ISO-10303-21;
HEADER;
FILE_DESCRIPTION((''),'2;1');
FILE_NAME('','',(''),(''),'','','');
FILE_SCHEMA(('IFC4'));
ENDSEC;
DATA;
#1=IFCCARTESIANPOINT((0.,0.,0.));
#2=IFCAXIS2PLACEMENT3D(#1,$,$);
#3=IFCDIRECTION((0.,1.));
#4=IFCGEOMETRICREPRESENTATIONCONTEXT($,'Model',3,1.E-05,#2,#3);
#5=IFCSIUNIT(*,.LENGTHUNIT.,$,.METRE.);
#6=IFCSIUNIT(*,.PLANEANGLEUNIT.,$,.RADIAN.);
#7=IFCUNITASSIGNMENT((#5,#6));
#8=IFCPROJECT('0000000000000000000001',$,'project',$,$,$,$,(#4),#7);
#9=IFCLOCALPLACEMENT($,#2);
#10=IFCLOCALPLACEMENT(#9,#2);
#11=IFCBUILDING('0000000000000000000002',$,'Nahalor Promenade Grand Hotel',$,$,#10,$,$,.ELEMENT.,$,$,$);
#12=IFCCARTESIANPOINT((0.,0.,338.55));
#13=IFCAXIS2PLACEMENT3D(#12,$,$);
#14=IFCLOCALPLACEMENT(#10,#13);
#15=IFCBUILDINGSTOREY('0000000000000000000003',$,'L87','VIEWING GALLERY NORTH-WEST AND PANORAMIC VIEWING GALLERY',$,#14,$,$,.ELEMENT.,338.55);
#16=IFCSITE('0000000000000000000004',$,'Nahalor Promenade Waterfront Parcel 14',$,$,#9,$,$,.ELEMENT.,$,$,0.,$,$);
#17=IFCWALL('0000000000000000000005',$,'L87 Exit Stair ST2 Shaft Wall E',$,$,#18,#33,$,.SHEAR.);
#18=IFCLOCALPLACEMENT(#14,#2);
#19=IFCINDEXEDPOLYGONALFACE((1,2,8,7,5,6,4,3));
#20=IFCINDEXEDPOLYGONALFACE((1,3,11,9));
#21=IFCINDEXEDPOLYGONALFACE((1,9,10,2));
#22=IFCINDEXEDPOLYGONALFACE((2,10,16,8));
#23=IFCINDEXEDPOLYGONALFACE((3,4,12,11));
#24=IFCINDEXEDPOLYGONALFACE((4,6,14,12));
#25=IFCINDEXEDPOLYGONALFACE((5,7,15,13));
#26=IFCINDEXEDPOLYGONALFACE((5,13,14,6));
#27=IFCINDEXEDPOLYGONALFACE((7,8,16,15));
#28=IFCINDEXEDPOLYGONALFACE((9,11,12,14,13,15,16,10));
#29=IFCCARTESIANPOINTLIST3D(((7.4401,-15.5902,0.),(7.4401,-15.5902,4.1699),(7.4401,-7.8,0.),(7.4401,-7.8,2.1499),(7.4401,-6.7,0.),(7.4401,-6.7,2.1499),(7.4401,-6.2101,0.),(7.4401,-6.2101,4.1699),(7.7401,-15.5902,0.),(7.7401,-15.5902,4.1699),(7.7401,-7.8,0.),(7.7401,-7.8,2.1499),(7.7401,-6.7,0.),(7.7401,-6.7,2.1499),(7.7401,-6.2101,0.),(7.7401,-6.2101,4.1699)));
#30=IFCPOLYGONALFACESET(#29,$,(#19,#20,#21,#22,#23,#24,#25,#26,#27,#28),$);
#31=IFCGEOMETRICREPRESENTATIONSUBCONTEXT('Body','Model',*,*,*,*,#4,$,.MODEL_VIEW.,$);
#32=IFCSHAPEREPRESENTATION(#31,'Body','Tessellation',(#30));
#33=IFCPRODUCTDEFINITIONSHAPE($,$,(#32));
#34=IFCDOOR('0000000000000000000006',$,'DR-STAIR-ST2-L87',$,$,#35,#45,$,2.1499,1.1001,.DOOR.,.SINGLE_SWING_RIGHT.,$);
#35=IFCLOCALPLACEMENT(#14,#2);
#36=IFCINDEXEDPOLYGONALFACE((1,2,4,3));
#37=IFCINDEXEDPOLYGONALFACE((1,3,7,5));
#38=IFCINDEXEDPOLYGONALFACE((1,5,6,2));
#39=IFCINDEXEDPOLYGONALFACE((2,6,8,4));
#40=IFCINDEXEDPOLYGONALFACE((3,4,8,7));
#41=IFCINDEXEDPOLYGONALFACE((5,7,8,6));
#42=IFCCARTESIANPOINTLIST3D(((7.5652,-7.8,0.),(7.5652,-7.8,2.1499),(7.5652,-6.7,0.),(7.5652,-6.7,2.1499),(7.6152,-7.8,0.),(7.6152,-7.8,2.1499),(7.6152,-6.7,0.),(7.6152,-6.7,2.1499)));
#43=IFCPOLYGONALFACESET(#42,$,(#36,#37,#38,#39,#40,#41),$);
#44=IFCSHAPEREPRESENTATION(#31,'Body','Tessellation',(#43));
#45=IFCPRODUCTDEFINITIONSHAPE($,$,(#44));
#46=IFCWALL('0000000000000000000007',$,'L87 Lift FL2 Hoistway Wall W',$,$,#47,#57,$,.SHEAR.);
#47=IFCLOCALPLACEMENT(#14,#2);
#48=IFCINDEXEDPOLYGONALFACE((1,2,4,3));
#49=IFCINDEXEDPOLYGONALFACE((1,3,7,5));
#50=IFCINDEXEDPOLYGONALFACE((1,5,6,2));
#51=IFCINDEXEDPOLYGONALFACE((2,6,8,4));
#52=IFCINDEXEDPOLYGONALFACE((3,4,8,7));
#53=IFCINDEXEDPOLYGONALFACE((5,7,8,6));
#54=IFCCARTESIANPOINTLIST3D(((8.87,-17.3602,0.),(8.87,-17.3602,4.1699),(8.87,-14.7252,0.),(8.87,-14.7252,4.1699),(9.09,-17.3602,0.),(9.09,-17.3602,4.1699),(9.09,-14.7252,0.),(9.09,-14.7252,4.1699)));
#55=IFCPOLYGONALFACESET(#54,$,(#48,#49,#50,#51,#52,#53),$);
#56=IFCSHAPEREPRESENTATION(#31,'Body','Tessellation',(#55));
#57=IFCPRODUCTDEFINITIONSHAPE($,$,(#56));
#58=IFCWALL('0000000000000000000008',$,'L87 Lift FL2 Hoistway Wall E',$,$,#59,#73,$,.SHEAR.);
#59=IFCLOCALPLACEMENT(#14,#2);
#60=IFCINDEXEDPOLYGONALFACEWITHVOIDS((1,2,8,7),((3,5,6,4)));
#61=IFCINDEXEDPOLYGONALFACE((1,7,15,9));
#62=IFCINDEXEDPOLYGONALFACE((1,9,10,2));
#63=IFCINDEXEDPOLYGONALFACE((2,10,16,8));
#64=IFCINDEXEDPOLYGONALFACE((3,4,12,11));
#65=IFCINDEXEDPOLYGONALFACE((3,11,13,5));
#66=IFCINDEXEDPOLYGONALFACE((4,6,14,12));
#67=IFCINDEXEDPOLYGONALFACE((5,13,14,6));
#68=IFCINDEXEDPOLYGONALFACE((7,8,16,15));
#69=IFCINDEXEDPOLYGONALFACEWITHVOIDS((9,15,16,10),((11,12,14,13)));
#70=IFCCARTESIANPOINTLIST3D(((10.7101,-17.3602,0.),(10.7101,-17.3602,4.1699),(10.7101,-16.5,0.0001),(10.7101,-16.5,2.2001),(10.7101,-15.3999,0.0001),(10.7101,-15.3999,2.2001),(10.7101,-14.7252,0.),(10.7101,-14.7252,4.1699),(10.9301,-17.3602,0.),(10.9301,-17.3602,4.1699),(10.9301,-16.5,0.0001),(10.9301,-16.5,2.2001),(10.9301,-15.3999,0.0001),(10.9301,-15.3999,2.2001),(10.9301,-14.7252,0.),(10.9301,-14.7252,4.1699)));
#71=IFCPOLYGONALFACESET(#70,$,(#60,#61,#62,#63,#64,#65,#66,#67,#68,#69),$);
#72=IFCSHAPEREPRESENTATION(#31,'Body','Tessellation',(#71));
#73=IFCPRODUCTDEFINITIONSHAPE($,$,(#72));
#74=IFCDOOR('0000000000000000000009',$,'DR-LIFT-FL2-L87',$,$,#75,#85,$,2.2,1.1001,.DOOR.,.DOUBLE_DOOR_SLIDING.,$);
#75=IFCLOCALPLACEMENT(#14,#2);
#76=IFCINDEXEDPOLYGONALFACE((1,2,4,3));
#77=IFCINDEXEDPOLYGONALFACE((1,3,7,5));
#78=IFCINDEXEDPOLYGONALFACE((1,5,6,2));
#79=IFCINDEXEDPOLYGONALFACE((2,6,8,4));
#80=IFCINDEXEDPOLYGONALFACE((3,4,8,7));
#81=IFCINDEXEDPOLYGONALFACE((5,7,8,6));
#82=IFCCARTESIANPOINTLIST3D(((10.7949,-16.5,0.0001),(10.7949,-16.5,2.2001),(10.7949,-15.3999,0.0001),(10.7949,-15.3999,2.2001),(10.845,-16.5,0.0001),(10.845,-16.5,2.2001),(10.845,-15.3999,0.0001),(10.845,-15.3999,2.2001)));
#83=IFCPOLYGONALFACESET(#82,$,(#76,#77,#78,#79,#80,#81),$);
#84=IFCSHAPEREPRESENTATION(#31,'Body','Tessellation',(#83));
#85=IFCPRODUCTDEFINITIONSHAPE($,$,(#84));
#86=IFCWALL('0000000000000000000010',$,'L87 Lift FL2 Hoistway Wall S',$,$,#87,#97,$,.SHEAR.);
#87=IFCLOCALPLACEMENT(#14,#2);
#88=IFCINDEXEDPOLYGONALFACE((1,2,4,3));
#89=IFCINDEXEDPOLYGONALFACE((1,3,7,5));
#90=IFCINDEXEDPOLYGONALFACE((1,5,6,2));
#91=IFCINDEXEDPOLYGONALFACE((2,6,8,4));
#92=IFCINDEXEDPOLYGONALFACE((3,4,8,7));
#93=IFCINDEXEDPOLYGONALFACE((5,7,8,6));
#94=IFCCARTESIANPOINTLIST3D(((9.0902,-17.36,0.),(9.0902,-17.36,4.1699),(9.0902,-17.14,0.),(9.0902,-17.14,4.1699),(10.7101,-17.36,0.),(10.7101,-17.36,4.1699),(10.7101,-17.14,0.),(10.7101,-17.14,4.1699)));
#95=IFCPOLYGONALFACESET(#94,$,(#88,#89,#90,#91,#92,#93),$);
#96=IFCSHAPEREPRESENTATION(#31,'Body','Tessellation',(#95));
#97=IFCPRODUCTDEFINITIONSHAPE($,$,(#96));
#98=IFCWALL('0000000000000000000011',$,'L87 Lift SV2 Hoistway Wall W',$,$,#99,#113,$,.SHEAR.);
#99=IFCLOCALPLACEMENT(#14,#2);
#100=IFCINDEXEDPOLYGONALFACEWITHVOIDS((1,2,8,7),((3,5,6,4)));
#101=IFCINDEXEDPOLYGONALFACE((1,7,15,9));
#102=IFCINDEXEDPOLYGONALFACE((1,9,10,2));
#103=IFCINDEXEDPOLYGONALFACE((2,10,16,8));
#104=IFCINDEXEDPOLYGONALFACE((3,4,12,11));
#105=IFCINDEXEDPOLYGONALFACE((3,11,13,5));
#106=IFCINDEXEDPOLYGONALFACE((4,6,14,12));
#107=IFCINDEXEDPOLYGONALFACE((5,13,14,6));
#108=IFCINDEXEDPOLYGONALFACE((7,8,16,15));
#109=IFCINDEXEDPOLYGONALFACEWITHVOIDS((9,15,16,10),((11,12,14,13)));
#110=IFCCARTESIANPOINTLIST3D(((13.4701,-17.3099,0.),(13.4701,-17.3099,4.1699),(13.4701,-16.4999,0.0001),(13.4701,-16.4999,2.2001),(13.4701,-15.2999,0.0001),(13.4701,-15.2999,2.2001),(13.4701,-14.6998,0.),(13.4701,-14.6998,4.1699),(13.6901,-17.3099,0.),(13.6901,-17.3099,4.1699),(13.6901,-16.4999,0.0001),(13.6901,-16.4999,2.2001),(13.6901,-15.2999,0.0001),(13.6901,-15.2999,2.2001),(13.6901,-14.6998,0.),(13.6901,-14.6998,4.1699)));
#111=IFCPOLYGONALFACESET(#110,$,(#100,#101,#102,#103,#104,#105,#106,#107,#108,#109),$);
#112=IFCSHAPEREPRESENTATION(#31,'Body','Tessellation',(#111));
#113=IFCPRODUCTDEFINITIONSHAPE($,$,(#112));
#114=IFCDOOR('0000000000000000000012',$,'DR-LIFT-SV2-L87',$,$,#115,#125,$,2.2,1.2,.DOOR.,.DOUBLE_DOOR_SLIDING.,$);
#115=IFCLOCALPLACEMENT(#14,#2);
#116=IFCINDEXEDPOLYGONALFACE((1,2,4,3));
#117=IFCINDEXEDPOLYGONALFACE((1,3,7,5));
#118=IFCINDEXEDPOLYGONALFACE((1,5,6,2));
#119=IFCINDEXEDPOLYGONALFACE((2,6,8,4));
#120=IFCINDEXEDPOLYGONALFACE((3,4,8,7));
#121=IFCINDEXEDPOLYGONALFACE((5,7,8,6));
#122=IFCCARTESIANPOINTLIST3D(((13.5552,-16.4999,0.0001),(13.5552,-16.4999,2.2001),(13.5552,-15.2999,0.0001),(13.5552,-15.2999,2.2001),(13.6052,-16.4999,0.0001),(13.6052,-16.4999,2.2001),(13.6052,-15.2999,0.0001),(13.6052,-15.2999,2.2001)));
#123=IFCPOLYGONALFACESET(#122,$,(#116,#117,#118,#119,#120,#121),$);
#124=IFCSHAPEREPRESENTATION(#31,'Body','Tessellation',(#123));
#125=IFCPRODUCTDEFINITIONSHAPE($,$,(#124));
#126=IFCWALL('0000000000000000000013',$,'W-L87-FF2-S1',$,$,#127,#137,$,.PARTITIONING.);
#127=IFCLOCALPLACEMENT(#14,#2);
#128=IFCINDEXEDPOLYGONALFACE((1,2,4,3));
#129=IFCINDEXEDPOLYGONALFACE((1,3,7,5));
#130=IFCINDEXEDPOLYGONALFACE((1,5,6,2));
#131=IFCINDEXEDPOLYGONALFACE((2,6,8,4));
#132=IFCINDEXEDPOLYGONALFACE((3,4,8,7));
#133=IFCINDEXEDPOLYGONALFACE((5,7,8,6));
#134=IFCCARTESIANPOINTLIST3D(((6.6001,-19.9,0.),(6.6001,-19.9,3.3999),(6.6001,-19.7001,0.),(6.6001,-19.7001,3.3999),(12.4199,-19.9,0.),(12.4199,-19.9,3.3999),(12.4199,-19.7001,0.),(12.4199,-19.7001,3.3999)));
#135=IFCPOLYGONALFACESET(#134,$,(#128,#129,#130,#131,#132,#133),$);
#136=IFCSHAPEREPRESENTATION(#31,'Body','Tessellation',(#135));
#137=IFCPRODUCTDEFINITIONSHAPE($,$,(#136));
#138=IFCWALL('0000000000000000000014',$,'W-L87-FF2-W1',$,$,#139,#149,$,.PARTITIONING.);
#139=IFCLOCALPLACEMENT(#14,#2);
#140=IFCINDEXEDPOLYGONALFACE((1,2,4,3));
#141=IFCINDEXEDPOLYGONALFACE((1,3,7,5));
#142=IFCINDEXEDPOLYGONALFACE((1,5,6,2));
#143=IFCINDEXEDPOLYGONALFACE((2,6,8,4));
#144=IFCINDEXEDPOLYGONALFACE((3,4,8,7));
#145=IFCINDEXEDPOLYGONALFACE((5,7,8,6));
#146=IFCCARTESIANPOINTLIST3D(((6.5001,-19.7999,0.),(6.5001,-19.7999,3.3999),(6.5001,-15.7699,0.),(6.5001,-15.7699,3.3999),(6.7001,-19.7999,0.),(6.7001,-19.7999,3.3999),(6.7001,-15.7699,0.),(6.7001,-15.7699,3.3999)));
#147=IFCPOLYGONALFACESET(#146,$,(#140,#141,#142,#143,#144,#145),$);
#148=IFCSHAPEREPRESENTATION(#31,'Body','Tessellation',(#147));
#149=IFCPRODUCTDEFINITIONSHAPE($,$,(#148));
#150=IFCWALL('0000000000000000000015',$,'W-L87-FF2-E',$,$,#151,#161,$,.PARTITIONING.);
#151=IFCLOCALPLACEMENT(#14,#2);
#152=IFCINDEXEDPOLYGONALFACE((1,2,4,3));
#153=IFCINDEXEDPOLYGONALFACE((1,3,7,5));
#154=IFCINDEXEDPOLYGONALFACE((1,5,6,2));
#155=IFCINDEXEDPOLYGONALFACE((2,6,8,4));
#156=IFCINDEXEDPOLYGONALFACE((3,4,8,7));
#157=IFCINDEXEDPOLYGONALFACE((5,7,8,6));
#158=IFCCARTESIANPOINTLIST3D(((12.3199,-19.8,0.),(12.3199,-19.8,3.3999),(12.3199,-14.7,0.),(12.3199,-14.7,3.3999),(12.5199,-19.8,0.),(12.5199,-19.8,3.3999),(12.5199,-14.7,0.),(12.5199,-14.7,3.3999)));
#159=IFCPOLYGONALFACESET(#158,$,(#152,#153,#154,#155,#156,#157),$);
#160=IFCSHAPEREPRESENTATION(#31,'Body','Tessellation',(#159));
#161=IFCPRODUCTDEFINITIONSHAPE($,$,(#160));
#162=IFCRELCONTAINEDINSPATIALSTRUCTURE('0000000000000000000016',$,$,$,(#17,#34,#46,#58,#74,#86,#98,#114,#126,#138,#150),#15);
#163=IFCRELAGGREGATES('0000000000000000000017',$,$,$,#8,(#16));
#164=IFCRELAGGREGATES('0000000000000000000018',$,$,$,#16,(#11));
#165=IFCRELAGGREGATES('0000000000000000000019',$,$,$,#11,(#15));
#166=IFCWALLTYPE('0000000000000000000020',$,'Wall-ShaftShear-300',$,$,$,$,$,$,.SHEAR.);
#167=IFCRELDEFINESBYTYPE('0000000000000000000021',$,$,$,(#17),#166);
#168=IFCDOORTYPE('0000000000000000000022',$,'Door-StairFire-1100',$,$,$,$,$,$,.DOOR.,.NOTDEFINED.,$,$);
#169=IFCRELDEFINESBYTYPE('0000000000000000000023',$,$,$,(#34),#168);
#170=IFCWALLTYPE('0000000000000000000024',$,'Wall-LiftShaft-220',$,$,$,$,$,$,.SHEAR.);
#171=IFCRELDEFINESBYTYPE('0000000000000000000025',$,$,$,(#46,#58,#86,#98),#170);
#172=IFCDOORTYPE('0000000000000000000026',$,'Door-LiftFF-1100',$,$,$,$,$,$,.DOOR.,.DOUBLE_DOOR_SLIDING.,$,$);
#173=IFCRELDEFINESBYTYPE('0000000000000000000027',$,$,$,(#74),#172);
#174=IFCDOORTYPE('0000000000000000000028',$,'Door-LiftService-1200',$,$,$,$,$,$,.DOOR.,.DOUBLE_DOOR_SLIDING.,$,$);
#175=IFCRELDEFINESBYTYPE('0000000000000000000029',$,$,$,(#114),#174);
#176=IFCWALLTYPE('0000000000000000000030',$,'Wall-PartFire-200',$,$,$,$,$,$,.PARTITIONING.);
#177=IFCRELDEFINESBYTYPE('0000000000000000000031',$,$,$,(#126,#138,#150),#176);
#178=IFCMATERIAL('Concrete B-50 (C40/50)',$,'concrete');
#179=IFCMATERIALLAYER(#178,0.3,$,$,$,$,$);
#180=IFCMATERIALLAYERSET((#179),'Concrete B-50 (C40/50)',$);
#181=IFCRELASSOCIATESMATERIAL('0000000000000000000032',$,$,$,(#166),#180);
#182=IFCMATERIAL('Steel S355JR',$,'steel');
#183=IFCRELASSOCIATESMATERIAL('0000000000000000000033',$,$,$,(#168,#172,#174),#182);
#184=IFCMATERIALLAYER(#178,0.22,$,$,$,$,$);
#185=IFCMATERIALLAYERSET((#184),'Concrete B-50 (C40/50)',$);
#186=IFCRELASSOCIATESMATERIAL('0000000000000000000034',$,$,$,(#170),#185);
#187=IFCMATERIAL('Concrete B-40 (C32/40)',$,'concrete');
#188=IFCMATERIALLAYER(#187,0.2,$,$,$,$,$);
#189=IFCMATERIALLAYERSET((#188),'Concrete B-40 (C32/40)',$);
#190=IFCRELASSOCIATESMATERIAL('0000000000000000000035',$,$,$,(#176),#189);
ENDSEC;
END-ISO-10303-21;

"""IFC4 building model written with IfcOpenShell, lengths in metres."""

from ifc_helpers import new_model, si_unit, direction, frame, frame_2d, origin, place, context, subcontext, project, spatial, rectangle, extrude, source, transform, mapped, material, layer, layer_set, type_object, element, fill, save


model = new_model("IFC4")

# Units and contexts
model_context = context("Model", 3, precision=1e-05, world=origin(), true_north=direction((0.0, 1.0)))
body_context = subcontext(model_context, "Body", "Model", "MODEL_VIEW")
ifc_project = project(units=[si_unit("LENGTHUNIT", "METRE"), si_unit("PLANEANGLEUNIT", "RADIAN")], contexts=[model_context])

# Site, building, storey
site_placement = place(None, origin())
site = spatial("IfcSite", under=ifc_project, at=site_placement, Name="Nahalor Promenade Waterfront Parcel 14", CompositionType="ELEMENT", RefElevation=0.0)
building_placement = place(site_placement, origin())
building = spatial("IfcBuilding", under=site, at=building_placement, Name="Nahalor Promenade Grand Hotel", CompositionType="ELEMENT")
storey_placement = place(building_placement, frame((0.0, 0.0, 338.55)))
storey = spatial("IfcBuildingStorey", under=building, at=storey_placement, Name="L87", Description="VIEWING GALLERY NORTH-WEST AND PANORAMIC VIEWING GALLERY", CompositionType="ELEMENT", Elevation=338.55)

# Shared definitions
ifc_material_1 = material(Name="Concrete B-50 (C40/50)", Category="concrete")
ifc_material_2 = material(Name="Steel S355JR", Category="steel")

# Shared definitions
ifc_layer_1 = layer(ifc_material_1, 0.3)
ifc_layer_set_1 = layer_set([ifc_layer_1], Name="Concrete B-50 (C40/50)")
wall_type_1 = type_object("IfcWallType", Name="Wall-ShaftShear-300", PredefinedType="SHEAR", material=ifc_layer_set_1)
shared_shape_1 = source(origin(), body_context, "Body", "SweptSolid", [
    extrude(rectangle(XDim=9.3801, YDim=0.3, at=frame_2d((4.6899, 0.0))), origin(), (0.0, 0.0, 1.0), 4.1699),
])

# Wall, opening, door
wall_1_placement = place(storey_placement, frame((7.5901, -15.5901, 0.0), z_axis=(0.0, 0.0, 1.0), x_axis=(0.0, 1.0, 0.0)))
wall_1 = element("IfcWall", 1, at=wall_1_placement, inside=storey, type_object=wall_type_1, Name="L87 Exit Stair ST2 Shaft Wall E", PredefinedType="SHEAR", context=body_context, shape_type="MappedRepresentation", body=[
    mapped(shared_shape_1, transform((0.0, 0.0, 0.0), scale=1.0)),
])
opening_1_placement = place(wall_1_placement, frame((7.79, 0.0, 0.0)))
opening_1 = element("IfcOpeningElement", 2, at=opening_1_placement, cuts=wall_1, PredefinedType="OPENING", context=body_context, shape_type="SweptSolid", body=[
    extrude(rectangle(XDim=1.1001, YDim=2.1499, at=frame_2d((0.55, 1.075))), frame((0.0, 0.1599, 0.0), z_axis=(0.0, -1.0, 0.0), x_axis=(1.0, 0.0, 0.0)), (0.0, 0.0, 1.0), 0.3201),
])
door_type_1 = type_object("IfcDoorType", Name="Door-StairFire-1100", OperationType="NOTDEFINED", PredefinedType="DOOR", material=ifc_material_2)
shared_shape_2 = source(origin(), body_context, "Body", "SweptSolid", [
    extrude(rectangle(XDim=1.1001, YDim=2.1499, at=frame_2d((0.55, 1.075))), frame((0.0, 0.0249, 0.0), z_axis=(0.0, -1.0, 0.0), x_axis=(1.0, 0.0, 0.0)), (0.0, 0.0, 1.0), 0.05),
])
door_1_placement = place(opening_1_placement, origin())
door_1 = element("IfcDoor", 3, at=door_1_placement, inside=storey, type_object=door_type_1, Name="DR-STAIR-ST2-L87", OperationType="SINGLE_SWING_RIGHT", OverallHeight=2.1499, OverallWidth=1.1001, PredefinedType="DOOR", context=body_context, shape_type="MappedRepresentation", body=[
    mapped(shared_shape_2, transform((0.0, 0.0, 0.0), scale=1.0)),
])
fill(opening_1, door_1)

# Wall
ifc_layer_2 = layer(ifc_material_1, 0.22)
ifc_layer_set_2 = layer_set([ifc_layer_2], Name="Concrete B-50 (C40/50)")
wall_type_2 = type_object("IfcWallType", Name="Wall-LiftShaft-220", PredefinedType="SHEAR", material=ifc_layer_set_2)
shared_shape_3 = source(origin(), body_context, "Body", "SweptSolid", [
    extrude(rectangle(XDim=2.635, YDim=0.22, at=frame_2d((1.3174, 0.0))), origin(), (0.0, 0.0, 1.0), 4.1699),
])
wall_2_placement = place(storey_placement, frame((8.98, -17.3601, 0.0), z_axis=(0.0, 0.0, 1.0), x_axis=(0.0, 1.0, 0.0)))
element("IfcWall", 4, at=wall_2_placement, inside=storey, type_object=wall_type_2, Name="L87 Lift FL2 Hoistway Wall W", PredefinedType="SHEAR", context=body_context, shape_type="MappedRepresentation", body=[
    mapped(shared_shape_3, transform((0.0, 0.0, 0.0), scale=1.0)),
])

# Wall, opening, door
wall_3_placement = place(storey_placement, frame((10.8201, -17.3601, 0.0), z_axis=(0.0, 0.0, 1.0), x_axis=(0.0, 1.0, 0.0)))
wall_3 = element("IfcWall", 5, at=wall_3_placement, inside=storey, type_object=wall_type_2, Name="L87 Lift FL2 Hoistway Wall E", PredefinedType="SHEAR", context=body_context, shape_type="MappedRepresentation", body=[
    mapped(shared_shape_3, transform((0.0, 0.0, 0.0), scale=1.0)),
])
opening_2_placement = place(wall_3_placement, frame((0.8601, 0.0, 0.0)))
opening_2 = element("IfcOpeningElement", 6, at=opening_2_placement, cuts=wall_3, PredefinedType="OPENING", context=body_context, shape_type="SweptSolid", body=[
    extrude(rectangle(XDim=1.1001, YDim=2.2, at=frame_2d((0.55, 1.1001))), frame((0.0, 0.1199, 0.0), z_axis=(0.0, -1.0, 0.0), x_axis=(1.0, 0.0, 0.0)), (0.0, 0.0, 1.0), 0.24),
])
door_type_2 = type_object("IfcDoorType", Name="Door-LiftFF-1100", OperationType="DOUBLE_DOOR_SLIDING", PredefinedType="DOOR", material=ifc_material_2)
shared_shape_4 = source(origin(), body_context, "Body", "SweptSolid", [
    extrude(rectangle(XDim=1.1001, YDim=2.2, at=frame_2d((0.55, 1.1001))), frame((0.0, 0.0249, 0.0), z_axis=(0.0, -1.0, 0.0), x_axis=(1.0, 0.0, 0.0)), (0.0, 0.0, 1.0), 0.05),
])
door_2_placement = place(opening_2_placement, frame((1.1001, 0.0, 0.0), z_axis=(0.0, 0.0, 1.0), x_axis=(-1.0, 0.0, 0.0)))
door_2 = element("IfcDoor", 7, at=door_2_placement, inside=storey, type_object=door_type_2, Name="DR-LIFT-FL2-L87", OperationType="DOUBLE_DOOR_SLIDING", OverallHeight=2.2, OverallWidth=1.1001, PredefinedType="DOOR", context=body_context, shape_type="MappedRepresentation", body=[
    mapped(shared_shape_4, transform((0.0, 0.0, 0.0), scale=1.0)),
])
fill(opening_2, door_2)

# Wall
shared_shape_5 = source(origin(), body_context, "Body", "SweptSolid", [
    extrude(rectangle(XDim=1.6199, YDim=0.22, at=frame_2d((0.8101, 0.0))), origin(), (0.0, 0.0, 1.0), 4.1699),
])
wall_4_placement = place(storey_placement, frame((9.0901, -17.25, 0.0), z_axis=(0.0, 0.0, 1.0), x_axis=(1.0, 0.0, 0.0)))
element("IfcWall", 8, at=wall_4_placement, inside=storey, type_object=wall_type_2, Name="L87 Lift FL2 Hoistway Wall S", PredefinedType="SHEAR", context=body_context, shape_type="MappedRepresentation", body=[
    mapped(shared_shape_5, transform((0.0, 0.0, 0.0), scale=1.0)),
])

# Wall, opening, door
shared_shape_6 = source(origin(), body_context, "Body", "SweptSolid", [
    extrude(rectangle(XDim=2.6101, YDim=0.22, at=frame_2d((1.3052, 0.0))), origin(), (0.0, 0.0, 1.0), 4.1699),
])
wall_5_placement = place(storey_placement, frame((13.5801, -17.3101, 0.0), z_axis=(0.0, 0.0, 1.0), x_axis=(0.0, 1.0, 0.0)))
wall_5 = element("IfcWall", 9, at=wall_5_placement, inside=storey, type_object=wall_type_2, Name="L87 Lift SV2 Hoistway Wall W", PredefinedType="SHEAR", context=body_context, shape_type="MappedRepresentation", body=[
    mapped(shared_shape_6, transform((0.0, 0.0, 0.0), scale=1.0)),
])
opening_3_placement = place(wall_5_placement, frame((0.8101, 0.0, 0.0)))
opening_3 = element("IfcOpeningElement", 10, at=opening_3_placement, cuts=wall_5, PredefinedType="OPENING", context=body_context, shape_type="SweptSolid", body=[
    extrude(rectangle(XDim=1.2, YDim=2.2, at=frame_2d((0.6001, 1.1001))), frame((0.0, 0.1199, 0.0), z_axis=(0.0, -1.0, 0.0), x_axis=(1.0, 0.0, 0.0)), (0.0, 0.0, 1.0), 0.24),
])
door_type_3 = type_object("IfcDoorType", Name="Door-LiftService-1200", OperationType="DOUBLE_DOOR_SLIDING", PredefinedType="DOOR", material=ifc_material_2)
shared_shape_7 = source(origin(), body_context, "Body", "SweptSolid", [
    extrude(rectangle(XDim=1.2, YDim=2.2, at=frame_2d((0.6001, 1.1001))), frame((0.0, 0.0249, 0.0), z_axis=(0.0, -1.0, 0.0), x_axis=(1.0, 0.0, 0.0)), (0.0, 0.0, 1.0), 0.05),
])
door_3_placement = place(opening_3_placement, origin())
door_3 = element("IfcDoor", 11, at=door_3_placement, inside=storey, type_object=door_type_3, Name="DR-LIFT-SV2-L87", OperationType="DOUBLE_DOOR_SLIDING", OverallHeight=2.2, OverallWidth=1.2, PredefinedType="DOOR", context=body_context, shape_type="MappedRepresentation", body=[
    mapped(shared_shape_7, transform((0.0, 0.0, 0.0), scale=1.0)),
])
fill(opening_3, door_3)

# Walls
ifc_material_3 = material(Name="Concrete B-40 (C32/40)", Category="concrete")
ifc_layer_3 = layer(ifc_material_3, 0.2)
ifc_layer_set_3 = layer_set([ifc_layer_3], Name="Concrete B-40 (C32/40)")
wall_type_3 = type_object("IfcWallType", Name="Wall-PartFire-200", PredefinedType="PARTITIONING", material=ifc_layer_set_3)
shared_shape_8 = source(origin(), body_context, "Body", "SweptSolid", [
    extrude(rectangle(XDim=5.8198, YDim=0.2, at=frame_2d((2.9099, 0.0))), origin(), (0.0, 0.0, 1.0), 3.3999),
])
wall_6_placement = place(storey_placement, frame((6.6001, -19.8, 0.0), z_axis=(0.0, 0.0, 1.0), x_axis=(1.0, 0.0, 0.0)))
element("IfcWall", 12, at=wall_6_placement, inside=storey, type_object=wall_type_3, Name="W-L87-FF2-S1", PredefinedType="PARTITIONING", context=body_context, shape_type="MappedRepresentation", body=[
    mapped(shared_shape_8, transform((0.0, 0.0, 0.0), scale=1.0)),
])
shared_shape_9 = source(origin(), body_context, "Body", "SweptSolid", [
    extrude(rectangle(XDim=4.03, YDim=0.2, at=frame_2d((2.0151, 0.0))), origin(), (0.0, 0.0, 1.0), 3.3999),
])
wall_7_placement = place(storey_placement, frame((6.6001, -19.8, 0.0), z_axis=(0.0, 0.0, 1.0), x_axis=(0.0, 1.0, 0.0)))
element("IfcWall", 13, at=wall_7_placement, inside=storey, type_object=wall_type_3, Name="W-L87-FF2-W1", PredefinedType="PARTITIONING", context=body_context, shape_type="MappedRepresentation", body=[
    mapped(shared_shape_9, transform((0.0, 0.0, 0.0), scale=1.0)),
])
shared_shape_10 = source(origin(), body_context, "Body", "SweptSolid", [
    extrude(rectangle(XDim=5.1001, YDim=0.2, at=frame_2d((2.55, 0.0))), origin(), (0.0, 0.0, 1.0), 3.3999),
])
wall_8_placement = place(storey_placement, frame((12.4199, -19.8, 0.0), z_axis=(0.0, 0.0, 1.0), x_axis=(0.0, 1.0, 0.0)))
element("IfcWall", 14, at=wall_8_placement, inside=storey, type_object=wall_type_3, Name="W-L87-FF2-E", PredefinedType="PARTITIONING", context=body_context, shape_type="MappedRepresentation", body=[
    mapped(shared_shape_10, transform((0.0, 0.0, 0.0), scale=1.0)),
])

save(model, "model.ifc")
